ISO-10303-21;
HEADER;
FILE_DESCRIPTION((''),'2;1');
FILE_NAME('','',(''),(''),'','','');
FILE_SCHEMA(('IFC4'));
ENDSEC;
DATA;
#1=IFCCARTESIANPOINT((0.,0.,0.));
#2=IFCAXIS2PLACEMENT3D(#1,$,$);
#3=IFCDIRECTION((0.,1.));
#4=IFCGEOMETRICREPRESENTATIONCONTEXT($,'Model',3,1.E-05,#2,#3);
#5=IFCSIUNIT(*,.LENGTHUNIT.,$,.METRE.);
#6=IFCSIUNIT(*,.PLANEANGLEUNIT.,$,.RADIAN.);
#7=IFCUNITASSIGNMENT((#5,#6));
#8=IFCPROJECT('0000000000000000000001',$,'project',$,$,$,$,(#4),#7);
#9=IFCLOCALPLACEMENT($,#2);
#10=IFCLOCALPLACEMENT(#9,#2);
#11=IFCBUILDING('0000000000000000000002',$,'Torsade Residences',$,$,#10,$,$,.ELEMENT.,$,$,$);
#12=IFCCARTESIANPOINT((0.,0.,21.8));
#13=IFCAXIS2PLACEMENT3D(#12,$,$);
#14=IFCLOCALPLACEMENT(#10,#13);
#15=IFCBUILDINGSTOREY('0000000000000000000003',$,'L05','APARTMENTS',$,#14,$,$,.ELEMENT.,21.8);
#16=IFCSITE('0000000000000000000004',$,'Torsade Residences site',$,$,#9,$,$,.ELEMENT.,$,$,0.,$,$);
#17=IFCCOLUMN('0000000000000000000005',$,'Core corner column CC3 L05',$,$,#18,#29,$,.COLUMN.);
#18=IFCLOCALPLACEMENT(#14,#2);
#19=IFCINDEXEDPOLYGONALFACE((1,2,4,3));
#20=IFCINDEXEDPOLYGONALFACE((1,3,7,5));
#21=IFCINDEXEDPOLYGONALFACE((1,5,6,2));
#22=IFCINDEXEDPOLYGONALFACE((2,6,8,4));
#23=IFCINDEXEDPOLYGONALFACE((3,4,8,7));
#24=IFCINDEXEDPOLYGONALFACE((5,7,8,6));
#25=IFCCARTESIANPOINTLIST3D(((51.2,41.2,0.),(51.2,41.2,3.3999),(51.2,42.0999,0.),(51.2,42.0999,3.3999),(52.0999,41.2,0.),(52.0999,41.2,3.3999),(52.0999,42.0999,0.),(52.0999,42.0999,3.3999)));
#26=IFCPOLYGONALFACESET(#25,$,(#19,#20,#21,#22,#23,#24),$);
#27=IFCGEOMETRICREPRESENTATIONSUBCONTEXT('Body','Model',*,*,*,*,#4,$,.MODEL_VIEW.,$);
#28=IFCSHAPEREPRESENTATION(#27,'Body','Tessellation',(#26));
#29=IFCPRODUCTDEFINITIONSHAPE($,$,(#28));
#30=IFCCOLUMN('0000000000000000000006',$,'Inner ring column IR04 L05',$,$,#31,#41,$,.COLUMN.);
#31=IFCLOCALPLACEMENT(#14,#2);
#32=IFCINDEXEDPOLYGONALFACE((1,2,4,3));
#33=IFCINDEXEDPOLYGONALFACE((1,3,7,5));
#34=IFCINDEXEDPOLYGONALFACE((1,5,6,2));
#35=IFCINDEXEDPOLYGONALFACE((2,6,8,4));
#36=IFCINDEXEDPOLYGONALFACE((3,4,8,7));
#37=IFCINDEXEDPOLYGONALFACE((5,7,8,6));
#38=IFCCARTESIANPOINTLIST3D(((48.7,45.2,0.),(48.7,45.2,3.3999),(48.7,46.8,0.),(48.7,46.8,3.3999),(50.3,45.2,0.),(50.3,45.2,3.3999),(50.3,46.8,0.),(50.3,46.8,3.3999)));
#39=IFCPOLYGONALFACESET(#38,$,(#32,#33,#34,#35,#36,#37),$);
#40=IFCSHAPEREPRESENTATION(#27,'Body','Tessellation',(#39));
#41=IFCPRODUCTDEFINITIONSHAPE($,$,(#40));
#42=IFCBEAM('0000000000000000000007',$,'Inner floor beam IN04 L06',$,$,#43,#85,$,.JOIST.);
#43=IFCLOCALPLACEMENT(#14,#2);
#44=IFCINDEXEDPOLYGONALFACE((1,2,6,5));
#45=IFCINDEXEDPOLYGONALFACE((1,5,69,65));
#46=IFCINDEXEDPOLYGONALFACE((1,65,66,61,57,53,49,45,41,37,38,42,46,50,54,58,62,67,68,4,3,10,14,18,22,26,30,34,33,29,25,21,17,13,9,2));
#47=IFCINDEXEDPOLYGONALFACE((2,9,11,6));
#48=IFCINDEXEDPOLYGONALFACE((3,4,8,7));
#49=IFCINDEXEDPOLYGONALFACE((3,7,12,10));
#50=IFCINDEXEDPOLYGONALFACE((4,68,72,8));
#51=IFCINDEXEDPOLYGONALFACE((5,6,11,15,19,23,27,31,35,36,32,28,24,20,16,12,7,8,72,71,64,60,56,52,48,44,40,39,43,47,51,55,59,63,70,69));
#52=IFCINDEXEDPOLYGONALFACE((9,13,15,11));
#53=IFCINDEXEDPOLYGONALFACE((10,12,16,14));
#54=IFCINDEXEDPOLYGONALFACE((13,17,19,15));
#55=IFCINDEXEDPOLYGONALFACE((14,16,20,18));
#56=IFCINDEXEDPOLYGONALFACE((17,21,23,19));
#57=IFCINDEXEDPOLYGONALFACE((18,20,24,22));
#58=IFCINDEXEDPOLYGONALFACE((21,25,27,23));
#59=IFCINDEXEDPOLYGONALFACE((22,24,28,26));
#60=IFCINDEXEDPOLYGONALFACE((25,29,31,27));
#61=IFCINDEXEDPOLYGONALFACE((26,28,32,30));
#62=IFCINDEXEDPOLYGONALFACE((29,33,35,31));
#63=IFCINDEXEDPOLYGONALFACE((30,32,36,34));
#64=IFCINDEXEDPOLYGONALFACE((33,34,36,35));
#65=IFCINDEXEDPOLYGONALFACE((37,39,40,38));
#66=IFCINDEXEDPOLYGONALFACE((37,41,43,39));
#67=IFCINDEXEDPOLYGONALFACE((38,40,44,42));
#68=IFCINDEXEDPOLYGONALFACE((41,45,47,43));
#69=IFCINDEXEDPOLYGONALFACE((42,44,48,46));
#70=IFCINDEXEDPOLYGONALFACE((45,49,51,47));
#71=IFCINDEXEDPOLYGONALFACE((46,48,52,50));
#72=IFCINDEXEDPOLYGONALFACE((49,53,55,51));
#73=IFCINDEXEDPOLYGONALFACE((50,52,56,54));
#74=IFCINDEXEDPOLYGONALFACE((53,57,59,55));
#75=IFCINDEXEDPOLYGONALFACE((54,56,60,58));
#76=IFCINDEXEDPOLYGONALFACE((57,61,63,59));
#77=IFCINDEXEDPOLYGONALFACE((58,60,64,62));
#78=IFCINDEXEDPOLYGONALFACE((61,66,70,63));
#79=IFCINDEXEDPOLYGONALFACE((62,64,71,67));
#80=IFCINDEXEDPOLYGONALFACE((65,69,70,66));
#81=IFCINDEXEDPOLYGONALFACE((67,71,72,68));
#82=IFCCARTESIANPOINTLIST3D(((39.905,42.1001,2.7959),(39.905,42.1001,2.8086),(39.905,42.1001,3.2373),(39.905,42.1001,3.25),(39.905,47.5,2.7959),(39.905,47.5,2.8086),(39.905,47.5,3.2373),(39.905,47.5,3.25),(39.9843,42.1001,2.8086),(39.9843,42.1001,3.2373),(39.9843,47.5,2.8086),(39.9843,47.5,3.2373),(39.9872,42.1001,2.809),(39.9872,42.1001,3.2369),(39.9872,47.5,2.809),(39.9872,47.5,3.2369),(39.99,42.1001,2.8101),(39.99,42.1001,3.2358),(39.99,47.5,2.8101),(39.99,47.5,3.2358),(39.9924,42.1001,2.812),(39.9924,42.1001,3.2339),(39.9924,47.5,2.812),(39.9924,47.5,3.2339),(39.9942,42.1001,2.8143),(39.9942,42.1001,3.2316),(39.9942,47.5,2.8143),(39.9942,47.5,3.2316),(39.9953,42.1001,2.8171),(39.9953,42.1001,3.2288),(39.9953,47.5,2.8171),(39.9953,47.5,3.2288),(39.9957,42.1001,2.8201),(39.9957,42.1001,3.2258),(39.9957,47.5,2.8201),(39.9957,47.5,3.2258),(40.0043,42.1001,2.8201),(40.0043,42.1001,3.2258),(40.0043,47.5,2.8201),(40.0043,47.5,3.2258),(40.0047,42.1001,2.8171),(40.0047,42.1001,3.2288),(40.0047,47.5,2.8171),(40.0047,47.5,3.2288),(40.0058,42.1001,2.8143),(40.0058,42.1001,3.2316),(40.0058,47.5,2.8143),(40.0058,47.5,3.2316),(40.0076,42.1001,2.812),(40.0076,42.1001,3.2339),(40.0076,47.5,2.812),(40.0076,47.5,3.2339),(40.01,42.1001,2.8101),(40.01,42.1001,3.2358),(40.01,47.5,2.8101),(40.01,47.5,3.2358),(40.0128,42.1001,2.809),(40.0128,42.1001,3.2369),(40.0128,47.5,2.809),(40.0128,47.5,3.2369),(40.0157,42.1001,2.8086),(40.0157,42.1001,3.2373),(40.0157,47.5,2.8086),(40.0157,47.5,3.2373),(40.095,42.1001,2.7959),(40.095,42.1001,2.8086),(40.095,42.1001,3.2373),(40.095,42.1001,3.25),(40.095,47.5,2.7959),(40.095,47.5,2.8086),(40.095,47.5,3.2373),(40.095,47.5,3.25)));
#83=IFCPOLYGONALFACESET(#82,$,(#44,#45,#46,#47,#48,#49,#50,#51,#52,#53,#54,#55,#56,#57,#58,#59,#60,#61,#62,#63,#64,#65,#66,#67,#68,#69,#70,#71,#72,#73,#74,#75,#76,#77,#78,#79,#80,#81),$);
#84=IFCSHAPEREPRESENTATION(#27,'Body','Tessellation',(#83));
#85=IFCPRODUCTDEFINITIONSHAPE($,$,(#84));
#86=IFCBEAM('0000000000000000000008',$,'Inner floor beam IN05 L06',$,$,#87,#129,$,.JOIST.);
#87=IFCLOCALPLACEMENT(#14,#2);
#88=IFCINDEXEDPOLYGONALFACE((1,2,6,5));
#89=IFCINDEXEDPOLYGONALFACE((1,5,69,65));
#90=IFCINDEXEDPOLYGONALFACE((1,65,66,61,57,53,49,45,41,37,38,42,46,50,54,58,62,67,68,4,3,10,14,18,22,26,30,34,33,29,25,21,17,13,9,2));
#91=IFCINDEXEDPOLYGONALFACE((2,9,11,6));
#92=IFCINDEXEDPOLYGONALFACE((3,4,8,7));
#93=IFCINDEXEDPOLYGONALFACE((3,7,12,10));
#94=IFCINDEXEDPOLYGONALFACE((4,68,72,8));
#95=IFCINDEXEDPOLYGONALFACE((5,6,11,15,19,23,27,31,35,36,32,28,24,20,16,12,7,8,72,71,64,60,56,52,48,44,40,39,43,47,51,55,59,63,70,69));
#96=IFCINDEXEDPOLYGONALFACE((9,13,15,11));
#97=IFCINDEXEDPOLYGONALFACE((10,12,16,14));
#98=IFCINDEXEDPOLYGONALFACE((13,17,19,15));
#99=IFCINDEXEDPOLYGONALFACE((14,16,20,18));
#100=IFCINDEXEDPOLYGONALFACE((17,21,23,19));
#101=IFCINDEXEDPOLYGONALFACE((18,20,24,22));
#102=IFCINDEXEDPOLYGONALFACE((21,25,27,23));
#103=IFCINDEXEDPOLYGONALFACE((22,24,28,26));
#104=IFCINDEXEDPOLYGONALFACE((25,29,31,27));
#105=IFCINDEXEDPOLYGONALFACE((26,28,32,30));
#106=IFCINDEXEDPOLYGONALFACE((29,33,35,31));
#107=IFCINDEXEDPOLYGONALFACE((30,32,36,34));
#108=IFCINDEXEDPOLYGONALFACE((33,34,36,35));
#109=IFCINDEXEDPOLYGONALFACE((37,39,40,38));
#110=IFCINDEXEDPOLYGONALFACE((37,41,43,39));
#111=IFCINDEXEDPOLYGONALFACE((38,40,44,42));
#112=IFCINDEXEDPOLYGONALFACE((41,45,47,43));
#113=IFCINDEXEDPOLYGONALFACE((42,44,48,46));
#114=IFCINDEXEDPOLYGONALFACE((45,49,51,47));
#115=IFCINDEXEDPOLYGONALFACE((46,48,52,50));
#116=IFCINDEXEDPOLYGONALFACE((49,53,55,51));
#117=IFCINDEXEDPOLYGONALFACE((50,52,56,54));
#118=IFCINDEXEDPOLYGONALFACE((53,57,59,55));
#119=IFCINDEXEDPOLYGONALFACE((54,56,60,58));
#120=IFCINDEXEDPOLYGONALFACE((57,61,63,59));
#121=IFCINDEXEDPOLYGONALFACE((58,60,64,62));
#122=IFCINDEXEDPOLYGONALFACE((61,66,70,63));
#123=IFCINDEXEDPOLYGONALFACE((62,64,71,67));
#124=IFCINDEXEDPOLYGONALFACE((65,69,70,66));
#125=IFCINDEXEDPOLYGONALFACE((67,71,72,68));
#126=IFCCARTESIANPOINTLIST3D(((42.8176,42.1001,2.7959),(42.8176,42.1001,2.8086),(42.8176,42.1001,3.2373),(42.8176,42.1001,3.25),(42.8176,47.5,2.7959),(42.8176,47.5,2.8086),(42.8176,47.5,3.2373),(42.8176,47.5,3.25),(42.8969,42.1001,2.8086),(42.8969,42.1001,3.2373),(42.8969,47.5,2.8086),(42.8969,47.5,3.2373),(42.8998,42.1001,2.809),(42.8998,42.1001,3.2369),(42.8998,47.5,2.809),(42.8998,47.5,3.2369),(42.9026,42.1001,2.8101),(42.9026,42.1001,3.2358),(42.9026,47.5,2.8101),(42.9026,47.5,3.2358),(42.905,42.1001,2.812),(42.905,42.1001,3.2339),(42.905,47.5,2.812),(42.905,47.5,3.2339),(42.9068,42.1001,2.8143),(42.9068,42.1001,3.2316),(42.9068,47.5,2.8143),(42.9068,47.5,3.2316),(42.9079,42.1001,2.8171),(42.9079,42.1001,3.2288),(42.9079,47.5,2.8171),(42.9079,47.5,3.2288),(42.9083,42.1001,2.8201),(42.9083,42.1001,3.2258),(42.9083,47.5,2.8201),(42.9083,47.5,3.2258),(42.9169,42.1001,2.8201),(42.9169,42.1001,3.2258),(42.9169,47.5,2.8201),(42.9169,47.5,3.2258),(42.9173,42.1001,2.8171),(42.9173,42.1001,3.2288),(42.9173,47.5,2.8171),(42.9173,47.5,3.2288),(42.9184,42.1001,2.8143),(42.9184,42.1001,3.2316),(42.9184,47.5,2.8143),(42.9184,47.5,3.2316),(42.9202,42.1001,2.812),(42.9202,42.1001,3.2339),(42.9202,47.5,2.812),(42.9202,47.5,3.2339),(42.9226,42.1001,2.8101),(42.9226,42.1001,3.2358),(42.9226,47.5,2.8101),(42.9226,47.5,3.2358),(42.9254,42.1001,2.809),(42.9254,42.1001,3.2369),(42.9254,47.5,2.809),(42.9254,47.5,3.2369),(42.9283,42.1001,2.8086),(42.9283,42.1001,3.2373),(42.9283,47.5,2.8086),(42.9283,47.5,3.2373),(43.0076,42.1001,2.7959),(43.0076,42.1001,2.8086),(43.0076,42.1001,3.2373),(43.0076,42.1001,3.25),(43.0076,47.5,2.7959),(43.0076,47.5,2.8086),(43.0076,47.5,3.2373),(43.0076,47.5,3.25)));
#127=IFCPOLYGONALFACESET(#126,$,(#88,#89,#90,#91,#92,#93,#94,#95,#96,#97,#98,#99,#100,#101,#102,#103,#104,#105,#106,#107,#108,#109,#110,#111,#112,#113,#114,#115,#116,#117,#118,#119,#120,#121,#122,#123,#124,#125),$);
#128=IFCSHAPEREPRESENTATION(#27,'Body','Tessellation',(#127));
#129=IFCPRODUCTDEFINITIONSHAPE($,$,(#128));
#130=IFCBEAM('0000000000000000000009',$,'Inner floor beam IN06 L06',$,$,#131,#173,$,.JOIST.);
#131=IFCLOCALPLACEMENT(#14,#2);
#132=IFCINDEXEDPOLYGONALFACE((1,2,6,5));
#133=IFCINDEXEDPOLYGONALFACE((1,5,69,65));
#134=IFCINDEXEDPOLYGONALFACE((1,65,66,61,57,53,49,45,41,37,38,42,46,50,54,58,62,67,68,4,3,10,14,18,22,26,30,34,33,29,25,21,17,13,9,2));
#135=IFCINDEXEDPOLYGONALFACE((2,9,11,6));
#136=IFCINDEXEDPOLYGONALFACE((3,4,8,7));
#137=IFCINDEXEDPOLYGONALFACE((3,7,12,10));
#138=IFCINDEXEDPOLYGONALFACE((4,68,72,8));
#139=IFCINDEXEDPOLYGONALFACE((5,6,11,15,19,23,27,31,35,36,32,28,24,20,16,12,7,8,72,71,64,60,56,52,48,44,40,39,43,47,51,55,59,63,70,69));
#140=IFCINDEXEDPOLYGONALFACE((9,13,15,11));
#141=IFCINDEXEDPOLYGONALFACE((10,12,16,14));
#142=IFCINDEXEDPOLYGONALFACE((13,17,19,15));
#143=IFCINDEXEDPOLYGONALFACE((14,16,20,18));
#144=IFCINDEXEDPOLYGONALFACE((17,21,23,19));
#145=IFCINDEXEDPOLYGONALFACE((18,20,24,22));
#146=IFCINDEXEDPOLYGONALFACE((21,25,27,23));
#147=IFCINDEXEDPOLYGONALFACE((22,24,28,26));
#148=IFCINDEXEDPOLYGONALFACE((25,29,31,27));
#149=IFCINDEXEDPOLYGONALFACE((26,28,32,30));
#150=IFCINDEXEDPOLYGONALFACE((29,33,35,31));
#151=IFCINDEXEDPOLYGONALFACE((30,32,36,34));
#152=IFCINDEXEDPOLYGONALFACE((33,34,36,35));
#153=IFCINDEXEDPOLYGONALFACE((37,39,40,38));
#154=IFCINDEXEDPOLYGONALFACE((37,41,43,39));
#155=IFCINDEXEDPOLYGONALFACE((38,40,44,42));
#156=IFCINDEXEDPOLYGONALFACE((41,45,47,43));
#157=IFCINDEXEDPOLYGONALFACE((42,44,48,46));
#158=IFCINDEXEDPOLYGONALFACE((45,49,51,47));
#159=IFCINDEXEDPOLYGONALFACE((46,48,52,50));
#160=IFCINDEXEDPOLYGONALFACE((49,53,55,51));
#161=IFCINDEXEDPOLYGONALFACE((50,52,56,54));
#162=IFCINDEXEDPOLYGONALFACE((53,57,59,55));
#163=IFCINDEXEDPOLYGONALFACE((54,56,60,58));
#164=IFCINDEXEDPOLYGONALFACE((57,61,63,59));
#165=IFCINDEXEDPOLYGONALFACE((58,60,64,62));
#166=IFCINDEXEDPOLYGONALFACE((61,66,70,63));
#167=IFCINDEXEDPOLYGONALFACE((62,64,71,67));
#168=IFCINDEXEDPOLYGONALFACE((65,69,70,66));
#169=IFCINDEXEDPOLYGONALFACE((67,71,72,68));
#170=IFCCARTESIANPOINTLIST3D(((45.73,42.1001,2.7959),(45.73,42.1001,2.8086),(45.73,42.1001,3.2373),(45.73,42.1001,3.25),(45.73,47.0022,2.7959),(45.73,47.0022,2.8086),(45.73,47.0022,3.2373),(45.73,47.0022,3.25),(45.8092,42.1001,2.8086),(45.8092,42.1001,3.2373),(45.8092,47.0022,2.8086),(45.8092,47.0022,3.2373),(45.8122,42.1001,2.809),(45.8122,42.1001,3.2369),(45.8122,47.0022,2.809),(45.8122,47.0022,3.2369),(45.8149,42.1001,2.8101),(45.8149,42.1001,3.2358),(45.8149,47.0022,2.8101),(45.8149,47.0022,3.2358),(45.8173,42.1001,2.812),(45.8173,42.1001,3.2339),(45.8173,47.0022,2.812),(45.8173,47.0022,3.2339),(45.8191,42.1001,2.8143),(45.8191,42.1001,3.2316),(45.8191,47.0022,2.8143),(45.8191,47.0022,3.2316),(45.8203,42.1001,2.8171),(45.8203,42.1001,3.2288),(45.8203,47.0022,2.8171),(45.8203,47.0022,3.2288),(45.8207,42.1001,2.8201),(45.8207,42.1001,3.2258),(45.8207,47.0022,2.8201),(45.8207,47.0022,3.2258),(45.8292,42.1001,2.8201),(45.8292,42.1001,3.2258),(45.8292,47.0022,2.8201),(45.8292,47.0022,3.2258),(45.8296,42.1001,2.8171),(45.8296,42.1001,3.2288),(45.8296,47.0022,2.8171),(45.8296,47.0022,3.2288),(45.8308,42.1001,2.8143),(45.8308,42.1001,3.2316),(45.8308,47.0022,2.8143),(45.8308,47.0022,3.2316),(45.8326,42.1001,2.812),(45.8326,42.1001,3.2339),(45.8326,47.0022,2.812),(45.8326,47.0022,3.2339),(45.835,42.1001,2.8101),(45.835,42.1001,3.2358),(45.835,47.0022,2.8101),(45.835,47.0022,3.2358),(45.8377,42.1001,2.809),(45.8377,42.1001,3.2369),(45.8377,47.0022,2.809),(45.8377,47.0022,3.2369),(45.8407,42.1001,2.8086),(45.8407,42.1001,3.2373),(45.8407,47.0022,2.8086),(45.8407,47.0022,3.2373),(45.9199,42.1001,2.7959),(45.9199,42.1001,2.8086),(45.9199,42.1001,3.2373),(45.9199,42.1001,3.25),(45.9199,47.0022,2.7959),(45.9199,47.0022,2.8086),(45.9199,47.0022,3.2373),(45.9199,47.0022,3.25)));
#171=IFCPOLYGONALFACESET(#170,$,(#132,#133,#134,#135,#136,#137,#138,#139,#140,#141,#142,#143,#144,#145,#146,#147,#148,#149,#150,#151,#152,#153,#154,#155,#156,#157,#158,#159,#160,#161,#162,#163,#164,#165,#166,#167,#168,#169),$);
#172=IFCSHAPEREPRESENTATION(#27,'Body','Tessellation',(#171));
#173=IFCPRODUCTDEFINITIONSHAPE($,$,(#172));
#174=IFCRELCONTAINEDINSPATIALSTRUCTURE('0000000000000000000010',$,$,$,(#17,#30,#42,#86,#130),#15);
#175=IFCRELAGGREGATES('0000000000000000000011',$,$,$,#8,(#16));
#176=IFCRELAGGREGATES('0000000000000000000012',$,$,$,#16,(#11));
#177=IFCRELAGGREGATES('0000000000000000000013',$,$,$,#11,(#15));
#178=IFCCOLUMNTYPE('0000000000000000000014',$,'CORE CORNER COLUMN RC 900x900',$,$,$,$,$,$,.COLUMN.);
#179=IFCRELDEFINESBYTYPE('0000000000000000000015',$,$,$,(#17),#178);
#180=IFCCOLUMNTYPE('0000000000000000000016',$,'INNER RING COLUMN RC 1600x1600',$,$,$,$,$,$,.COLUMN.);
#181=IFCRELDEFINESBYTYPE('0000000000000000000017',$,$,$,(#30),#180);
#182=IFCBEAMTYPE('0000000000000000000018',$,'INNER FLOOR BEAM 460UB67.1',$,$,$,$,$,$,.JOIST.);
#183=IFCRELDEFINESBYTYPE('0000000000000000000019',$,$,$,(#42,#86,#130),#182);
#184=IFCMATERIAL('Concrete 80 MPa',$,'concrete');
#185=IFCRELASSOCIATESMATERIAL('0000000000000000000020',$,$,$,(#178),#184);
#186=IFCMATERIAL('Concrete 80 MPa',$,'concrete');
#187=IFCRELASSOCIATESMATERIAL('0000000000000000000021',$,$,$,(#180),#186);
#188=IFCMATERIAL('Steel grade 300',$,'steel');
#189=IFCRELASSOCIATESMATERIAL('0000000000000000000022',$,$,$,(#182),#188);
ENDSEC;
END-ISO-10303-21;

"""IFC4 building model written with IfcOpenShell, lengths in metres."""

from ifc_helpers import new_model, si_unit, direction, frame, origin, origin_2d, place, context, subcontext, project, spatial, rectangle, i_section, extrude, material, material_profile, profile_set, type_object, element, save


model = new_model("IFC4")

# Units and contexts
model_context = context("Model", 3, precision=1e-05, world=origin(), true_north=direction((0.0, 1.0)))
body_context = subcontext(model_context, "Body", "Model", "MODEL_VIEW")
ifc_project = project(units=[si_unit("LENGTHUNIT", "METRE"), si_unit("PLANEANGLEUNIT", "RADIAN")], contexts=[model_context])

# Site, building, storey
site_placement = place(None, origin())
site = spatial("IfcSite", under=ifc_project, at=site_placement, Name="Torsade Residences site", CompositionType="ELEMENT", RefElevation=0.0)
building_placement = place(site_placement, origin())
building = spatial("IfcBuilding", under=site, at=building_placement, Name="Torsade Residences", CompositionType="ELEMENT")
storey_placement = place(building_placement, frame((0.0, 0.0, 21.8)))
storey = spatial("IfcBuildingStorey", under=building, at=storey_placement, Name="L05", Description="APARTMENTS", CompositionType="ELEMENT", Elevation=21.8)

# Columns
ifc_material_1 = material(Name="Concrete 80 MPa", Category="concrete")
ifc_material_profile_1 = material_profile(ifc_material_1, rectangle(XDim=0.8999, YDim=0.8999, at=origin_2d()), Name="RC 900x900")
ifc_profile_set_1 = profile_set([ifc_material_profile_1], Name="Concrete 80 MPa")
column_type_1 = type_object("IfcColumnType", Name="CORE CORNER COLUMN RC 900x900", PredefinedType="COLUMN", material=ifc_profile_set_1)
column_1_placement = place(storey_placement, frame((51.6499, 41.6499, 0.0), z_axis=(0.0, 0.0, 1.0), x_axis=(1.0, 0.0, 0.0)))
element("IfcColumn", 1, at=column_1_placement, inside=storey, type_object=column_type_1, Name="Core corner column CC3 L05", PredefinedType="COLUMN", context=body_context, shape_type="SweptSolid", body=[
    extrude(rectangle(XDim=0.8999, YDim=0.8999, at=origin_2d()), origin(), (0.0, 0.0, 1.0), 3.3999),
])
ifc_material_2 = material(Name="Concrete 80 MPa", Category="concrete")
ifc_material_profile_2 = material_profile(ifc_material_2, rectangle(XDim=1.6001, YDim=1.6001, at=origin_2d()), Name="RC 1600x1600")
ifc_profile_set_2 = profile_set([ifc_material_profile_2], Name="Concrete 80 MPa")
column_type_2 = type_object("IfcColumnType", Name="INNER RING COLUMN RC 1600x1600", PredefinedType="COLUMN", material=ifc_profile_set_2)
column_2_placement = place(storey_placement, frame((49.5, 46.0, 0.0), z_axis=(0.0, 0.0, 1.0), x_axis=(1.0, 0.0, 0.0)))
element("IfcColumn", 2, at=column_2_placement, inside=storey, type_object=column_type_2, Name="Inner ring column IR04 L05", PredefinedType="COLUMN", context=body_context, shape_type="SweptSolid", body=[
    extrude(rectangle(XDim=1.6001, YDim=1.6001, at=origin_2d()), origin(), (0.0, 0.0, 1.0), 3.3999),
])

# Beams
ifc_material_3 = material(Name="Steel grade 300", Category="steel")
ifc_material_profile_3 = material_profile(ifc_material_3, i_section(OverallWidth=0.1899, OverallDepth=0.4541, WebThickness=0.0085, FlangeThickness=0.0127, FilletRadius=0.0115, at=origin_2d()), Name="460UB67.1")
ifc_profile_set_3 = profile_set([ifc_material_profile_3], Name="Steel grade 300")
beam_type_1 = type_object("IfcBeamType", Name="INNER FLOOR BEAM 460UB67.1", PredefinedType="JOIST", material=ifc_profile_set_3)
for number, where, z_axis, x_axis, name in (
    (3, (40.0, 42.1001, 3.0229), (0.0, 1.0, 0.0), (-1.0, 0.0, 0.0), "Inner floor beam IN04 L06"),
    (4, (42.9126, 42.1001, 3.0229), (0.0, 1.0, 0.0), (-1.0, 0.0, 0.0), "Inner floor beam IN05 L06"),
):
    element("IfcBeam", number, at=place(storey_placement, frame(where, z_axis=z_axis, x_axis=x_axis)), inside=storey, type_object=beam_type_1, Name=name, PredefinedType="JOIST", context=body_context, shape_type="SweptSolid", body=[
        extrude(i_section(OverallWidth=0.1899, OverallDepth=0.4541, WebThickness=0.0085, FlangeThickness=0.0127, FilletRadius=0.0115, at=origin_2d()), origin(), (0.0, 0.0, 1.0), 5.3999),
    ])
beam_1_placement = place(storey_placement, frame((45.825, 42.1001, 3.0229), z_axis=(0.0, 1.0, 0.0), x_axis=(-1.0, 0.0, 0.0)))
element("IfcBeam", 5, at=beam_1_placement, inside=storey, type_object=beam_type_1, Name="Inner floor beam IN06 L06", PredefinedType="JOIST", context=body_context, shape_type="SweptSolid", body=[
    extrude(i_section(OverallWidth=0.1899, OverallDepth=0.4541, WebThickness=0.0085, FlangeThickness=0.0127, FilletRadius=0.0115, at=origin_2d()), origin(), (0.0, 0.0, 1.0), 4.9021),
])

save(model, "model.ifc")
